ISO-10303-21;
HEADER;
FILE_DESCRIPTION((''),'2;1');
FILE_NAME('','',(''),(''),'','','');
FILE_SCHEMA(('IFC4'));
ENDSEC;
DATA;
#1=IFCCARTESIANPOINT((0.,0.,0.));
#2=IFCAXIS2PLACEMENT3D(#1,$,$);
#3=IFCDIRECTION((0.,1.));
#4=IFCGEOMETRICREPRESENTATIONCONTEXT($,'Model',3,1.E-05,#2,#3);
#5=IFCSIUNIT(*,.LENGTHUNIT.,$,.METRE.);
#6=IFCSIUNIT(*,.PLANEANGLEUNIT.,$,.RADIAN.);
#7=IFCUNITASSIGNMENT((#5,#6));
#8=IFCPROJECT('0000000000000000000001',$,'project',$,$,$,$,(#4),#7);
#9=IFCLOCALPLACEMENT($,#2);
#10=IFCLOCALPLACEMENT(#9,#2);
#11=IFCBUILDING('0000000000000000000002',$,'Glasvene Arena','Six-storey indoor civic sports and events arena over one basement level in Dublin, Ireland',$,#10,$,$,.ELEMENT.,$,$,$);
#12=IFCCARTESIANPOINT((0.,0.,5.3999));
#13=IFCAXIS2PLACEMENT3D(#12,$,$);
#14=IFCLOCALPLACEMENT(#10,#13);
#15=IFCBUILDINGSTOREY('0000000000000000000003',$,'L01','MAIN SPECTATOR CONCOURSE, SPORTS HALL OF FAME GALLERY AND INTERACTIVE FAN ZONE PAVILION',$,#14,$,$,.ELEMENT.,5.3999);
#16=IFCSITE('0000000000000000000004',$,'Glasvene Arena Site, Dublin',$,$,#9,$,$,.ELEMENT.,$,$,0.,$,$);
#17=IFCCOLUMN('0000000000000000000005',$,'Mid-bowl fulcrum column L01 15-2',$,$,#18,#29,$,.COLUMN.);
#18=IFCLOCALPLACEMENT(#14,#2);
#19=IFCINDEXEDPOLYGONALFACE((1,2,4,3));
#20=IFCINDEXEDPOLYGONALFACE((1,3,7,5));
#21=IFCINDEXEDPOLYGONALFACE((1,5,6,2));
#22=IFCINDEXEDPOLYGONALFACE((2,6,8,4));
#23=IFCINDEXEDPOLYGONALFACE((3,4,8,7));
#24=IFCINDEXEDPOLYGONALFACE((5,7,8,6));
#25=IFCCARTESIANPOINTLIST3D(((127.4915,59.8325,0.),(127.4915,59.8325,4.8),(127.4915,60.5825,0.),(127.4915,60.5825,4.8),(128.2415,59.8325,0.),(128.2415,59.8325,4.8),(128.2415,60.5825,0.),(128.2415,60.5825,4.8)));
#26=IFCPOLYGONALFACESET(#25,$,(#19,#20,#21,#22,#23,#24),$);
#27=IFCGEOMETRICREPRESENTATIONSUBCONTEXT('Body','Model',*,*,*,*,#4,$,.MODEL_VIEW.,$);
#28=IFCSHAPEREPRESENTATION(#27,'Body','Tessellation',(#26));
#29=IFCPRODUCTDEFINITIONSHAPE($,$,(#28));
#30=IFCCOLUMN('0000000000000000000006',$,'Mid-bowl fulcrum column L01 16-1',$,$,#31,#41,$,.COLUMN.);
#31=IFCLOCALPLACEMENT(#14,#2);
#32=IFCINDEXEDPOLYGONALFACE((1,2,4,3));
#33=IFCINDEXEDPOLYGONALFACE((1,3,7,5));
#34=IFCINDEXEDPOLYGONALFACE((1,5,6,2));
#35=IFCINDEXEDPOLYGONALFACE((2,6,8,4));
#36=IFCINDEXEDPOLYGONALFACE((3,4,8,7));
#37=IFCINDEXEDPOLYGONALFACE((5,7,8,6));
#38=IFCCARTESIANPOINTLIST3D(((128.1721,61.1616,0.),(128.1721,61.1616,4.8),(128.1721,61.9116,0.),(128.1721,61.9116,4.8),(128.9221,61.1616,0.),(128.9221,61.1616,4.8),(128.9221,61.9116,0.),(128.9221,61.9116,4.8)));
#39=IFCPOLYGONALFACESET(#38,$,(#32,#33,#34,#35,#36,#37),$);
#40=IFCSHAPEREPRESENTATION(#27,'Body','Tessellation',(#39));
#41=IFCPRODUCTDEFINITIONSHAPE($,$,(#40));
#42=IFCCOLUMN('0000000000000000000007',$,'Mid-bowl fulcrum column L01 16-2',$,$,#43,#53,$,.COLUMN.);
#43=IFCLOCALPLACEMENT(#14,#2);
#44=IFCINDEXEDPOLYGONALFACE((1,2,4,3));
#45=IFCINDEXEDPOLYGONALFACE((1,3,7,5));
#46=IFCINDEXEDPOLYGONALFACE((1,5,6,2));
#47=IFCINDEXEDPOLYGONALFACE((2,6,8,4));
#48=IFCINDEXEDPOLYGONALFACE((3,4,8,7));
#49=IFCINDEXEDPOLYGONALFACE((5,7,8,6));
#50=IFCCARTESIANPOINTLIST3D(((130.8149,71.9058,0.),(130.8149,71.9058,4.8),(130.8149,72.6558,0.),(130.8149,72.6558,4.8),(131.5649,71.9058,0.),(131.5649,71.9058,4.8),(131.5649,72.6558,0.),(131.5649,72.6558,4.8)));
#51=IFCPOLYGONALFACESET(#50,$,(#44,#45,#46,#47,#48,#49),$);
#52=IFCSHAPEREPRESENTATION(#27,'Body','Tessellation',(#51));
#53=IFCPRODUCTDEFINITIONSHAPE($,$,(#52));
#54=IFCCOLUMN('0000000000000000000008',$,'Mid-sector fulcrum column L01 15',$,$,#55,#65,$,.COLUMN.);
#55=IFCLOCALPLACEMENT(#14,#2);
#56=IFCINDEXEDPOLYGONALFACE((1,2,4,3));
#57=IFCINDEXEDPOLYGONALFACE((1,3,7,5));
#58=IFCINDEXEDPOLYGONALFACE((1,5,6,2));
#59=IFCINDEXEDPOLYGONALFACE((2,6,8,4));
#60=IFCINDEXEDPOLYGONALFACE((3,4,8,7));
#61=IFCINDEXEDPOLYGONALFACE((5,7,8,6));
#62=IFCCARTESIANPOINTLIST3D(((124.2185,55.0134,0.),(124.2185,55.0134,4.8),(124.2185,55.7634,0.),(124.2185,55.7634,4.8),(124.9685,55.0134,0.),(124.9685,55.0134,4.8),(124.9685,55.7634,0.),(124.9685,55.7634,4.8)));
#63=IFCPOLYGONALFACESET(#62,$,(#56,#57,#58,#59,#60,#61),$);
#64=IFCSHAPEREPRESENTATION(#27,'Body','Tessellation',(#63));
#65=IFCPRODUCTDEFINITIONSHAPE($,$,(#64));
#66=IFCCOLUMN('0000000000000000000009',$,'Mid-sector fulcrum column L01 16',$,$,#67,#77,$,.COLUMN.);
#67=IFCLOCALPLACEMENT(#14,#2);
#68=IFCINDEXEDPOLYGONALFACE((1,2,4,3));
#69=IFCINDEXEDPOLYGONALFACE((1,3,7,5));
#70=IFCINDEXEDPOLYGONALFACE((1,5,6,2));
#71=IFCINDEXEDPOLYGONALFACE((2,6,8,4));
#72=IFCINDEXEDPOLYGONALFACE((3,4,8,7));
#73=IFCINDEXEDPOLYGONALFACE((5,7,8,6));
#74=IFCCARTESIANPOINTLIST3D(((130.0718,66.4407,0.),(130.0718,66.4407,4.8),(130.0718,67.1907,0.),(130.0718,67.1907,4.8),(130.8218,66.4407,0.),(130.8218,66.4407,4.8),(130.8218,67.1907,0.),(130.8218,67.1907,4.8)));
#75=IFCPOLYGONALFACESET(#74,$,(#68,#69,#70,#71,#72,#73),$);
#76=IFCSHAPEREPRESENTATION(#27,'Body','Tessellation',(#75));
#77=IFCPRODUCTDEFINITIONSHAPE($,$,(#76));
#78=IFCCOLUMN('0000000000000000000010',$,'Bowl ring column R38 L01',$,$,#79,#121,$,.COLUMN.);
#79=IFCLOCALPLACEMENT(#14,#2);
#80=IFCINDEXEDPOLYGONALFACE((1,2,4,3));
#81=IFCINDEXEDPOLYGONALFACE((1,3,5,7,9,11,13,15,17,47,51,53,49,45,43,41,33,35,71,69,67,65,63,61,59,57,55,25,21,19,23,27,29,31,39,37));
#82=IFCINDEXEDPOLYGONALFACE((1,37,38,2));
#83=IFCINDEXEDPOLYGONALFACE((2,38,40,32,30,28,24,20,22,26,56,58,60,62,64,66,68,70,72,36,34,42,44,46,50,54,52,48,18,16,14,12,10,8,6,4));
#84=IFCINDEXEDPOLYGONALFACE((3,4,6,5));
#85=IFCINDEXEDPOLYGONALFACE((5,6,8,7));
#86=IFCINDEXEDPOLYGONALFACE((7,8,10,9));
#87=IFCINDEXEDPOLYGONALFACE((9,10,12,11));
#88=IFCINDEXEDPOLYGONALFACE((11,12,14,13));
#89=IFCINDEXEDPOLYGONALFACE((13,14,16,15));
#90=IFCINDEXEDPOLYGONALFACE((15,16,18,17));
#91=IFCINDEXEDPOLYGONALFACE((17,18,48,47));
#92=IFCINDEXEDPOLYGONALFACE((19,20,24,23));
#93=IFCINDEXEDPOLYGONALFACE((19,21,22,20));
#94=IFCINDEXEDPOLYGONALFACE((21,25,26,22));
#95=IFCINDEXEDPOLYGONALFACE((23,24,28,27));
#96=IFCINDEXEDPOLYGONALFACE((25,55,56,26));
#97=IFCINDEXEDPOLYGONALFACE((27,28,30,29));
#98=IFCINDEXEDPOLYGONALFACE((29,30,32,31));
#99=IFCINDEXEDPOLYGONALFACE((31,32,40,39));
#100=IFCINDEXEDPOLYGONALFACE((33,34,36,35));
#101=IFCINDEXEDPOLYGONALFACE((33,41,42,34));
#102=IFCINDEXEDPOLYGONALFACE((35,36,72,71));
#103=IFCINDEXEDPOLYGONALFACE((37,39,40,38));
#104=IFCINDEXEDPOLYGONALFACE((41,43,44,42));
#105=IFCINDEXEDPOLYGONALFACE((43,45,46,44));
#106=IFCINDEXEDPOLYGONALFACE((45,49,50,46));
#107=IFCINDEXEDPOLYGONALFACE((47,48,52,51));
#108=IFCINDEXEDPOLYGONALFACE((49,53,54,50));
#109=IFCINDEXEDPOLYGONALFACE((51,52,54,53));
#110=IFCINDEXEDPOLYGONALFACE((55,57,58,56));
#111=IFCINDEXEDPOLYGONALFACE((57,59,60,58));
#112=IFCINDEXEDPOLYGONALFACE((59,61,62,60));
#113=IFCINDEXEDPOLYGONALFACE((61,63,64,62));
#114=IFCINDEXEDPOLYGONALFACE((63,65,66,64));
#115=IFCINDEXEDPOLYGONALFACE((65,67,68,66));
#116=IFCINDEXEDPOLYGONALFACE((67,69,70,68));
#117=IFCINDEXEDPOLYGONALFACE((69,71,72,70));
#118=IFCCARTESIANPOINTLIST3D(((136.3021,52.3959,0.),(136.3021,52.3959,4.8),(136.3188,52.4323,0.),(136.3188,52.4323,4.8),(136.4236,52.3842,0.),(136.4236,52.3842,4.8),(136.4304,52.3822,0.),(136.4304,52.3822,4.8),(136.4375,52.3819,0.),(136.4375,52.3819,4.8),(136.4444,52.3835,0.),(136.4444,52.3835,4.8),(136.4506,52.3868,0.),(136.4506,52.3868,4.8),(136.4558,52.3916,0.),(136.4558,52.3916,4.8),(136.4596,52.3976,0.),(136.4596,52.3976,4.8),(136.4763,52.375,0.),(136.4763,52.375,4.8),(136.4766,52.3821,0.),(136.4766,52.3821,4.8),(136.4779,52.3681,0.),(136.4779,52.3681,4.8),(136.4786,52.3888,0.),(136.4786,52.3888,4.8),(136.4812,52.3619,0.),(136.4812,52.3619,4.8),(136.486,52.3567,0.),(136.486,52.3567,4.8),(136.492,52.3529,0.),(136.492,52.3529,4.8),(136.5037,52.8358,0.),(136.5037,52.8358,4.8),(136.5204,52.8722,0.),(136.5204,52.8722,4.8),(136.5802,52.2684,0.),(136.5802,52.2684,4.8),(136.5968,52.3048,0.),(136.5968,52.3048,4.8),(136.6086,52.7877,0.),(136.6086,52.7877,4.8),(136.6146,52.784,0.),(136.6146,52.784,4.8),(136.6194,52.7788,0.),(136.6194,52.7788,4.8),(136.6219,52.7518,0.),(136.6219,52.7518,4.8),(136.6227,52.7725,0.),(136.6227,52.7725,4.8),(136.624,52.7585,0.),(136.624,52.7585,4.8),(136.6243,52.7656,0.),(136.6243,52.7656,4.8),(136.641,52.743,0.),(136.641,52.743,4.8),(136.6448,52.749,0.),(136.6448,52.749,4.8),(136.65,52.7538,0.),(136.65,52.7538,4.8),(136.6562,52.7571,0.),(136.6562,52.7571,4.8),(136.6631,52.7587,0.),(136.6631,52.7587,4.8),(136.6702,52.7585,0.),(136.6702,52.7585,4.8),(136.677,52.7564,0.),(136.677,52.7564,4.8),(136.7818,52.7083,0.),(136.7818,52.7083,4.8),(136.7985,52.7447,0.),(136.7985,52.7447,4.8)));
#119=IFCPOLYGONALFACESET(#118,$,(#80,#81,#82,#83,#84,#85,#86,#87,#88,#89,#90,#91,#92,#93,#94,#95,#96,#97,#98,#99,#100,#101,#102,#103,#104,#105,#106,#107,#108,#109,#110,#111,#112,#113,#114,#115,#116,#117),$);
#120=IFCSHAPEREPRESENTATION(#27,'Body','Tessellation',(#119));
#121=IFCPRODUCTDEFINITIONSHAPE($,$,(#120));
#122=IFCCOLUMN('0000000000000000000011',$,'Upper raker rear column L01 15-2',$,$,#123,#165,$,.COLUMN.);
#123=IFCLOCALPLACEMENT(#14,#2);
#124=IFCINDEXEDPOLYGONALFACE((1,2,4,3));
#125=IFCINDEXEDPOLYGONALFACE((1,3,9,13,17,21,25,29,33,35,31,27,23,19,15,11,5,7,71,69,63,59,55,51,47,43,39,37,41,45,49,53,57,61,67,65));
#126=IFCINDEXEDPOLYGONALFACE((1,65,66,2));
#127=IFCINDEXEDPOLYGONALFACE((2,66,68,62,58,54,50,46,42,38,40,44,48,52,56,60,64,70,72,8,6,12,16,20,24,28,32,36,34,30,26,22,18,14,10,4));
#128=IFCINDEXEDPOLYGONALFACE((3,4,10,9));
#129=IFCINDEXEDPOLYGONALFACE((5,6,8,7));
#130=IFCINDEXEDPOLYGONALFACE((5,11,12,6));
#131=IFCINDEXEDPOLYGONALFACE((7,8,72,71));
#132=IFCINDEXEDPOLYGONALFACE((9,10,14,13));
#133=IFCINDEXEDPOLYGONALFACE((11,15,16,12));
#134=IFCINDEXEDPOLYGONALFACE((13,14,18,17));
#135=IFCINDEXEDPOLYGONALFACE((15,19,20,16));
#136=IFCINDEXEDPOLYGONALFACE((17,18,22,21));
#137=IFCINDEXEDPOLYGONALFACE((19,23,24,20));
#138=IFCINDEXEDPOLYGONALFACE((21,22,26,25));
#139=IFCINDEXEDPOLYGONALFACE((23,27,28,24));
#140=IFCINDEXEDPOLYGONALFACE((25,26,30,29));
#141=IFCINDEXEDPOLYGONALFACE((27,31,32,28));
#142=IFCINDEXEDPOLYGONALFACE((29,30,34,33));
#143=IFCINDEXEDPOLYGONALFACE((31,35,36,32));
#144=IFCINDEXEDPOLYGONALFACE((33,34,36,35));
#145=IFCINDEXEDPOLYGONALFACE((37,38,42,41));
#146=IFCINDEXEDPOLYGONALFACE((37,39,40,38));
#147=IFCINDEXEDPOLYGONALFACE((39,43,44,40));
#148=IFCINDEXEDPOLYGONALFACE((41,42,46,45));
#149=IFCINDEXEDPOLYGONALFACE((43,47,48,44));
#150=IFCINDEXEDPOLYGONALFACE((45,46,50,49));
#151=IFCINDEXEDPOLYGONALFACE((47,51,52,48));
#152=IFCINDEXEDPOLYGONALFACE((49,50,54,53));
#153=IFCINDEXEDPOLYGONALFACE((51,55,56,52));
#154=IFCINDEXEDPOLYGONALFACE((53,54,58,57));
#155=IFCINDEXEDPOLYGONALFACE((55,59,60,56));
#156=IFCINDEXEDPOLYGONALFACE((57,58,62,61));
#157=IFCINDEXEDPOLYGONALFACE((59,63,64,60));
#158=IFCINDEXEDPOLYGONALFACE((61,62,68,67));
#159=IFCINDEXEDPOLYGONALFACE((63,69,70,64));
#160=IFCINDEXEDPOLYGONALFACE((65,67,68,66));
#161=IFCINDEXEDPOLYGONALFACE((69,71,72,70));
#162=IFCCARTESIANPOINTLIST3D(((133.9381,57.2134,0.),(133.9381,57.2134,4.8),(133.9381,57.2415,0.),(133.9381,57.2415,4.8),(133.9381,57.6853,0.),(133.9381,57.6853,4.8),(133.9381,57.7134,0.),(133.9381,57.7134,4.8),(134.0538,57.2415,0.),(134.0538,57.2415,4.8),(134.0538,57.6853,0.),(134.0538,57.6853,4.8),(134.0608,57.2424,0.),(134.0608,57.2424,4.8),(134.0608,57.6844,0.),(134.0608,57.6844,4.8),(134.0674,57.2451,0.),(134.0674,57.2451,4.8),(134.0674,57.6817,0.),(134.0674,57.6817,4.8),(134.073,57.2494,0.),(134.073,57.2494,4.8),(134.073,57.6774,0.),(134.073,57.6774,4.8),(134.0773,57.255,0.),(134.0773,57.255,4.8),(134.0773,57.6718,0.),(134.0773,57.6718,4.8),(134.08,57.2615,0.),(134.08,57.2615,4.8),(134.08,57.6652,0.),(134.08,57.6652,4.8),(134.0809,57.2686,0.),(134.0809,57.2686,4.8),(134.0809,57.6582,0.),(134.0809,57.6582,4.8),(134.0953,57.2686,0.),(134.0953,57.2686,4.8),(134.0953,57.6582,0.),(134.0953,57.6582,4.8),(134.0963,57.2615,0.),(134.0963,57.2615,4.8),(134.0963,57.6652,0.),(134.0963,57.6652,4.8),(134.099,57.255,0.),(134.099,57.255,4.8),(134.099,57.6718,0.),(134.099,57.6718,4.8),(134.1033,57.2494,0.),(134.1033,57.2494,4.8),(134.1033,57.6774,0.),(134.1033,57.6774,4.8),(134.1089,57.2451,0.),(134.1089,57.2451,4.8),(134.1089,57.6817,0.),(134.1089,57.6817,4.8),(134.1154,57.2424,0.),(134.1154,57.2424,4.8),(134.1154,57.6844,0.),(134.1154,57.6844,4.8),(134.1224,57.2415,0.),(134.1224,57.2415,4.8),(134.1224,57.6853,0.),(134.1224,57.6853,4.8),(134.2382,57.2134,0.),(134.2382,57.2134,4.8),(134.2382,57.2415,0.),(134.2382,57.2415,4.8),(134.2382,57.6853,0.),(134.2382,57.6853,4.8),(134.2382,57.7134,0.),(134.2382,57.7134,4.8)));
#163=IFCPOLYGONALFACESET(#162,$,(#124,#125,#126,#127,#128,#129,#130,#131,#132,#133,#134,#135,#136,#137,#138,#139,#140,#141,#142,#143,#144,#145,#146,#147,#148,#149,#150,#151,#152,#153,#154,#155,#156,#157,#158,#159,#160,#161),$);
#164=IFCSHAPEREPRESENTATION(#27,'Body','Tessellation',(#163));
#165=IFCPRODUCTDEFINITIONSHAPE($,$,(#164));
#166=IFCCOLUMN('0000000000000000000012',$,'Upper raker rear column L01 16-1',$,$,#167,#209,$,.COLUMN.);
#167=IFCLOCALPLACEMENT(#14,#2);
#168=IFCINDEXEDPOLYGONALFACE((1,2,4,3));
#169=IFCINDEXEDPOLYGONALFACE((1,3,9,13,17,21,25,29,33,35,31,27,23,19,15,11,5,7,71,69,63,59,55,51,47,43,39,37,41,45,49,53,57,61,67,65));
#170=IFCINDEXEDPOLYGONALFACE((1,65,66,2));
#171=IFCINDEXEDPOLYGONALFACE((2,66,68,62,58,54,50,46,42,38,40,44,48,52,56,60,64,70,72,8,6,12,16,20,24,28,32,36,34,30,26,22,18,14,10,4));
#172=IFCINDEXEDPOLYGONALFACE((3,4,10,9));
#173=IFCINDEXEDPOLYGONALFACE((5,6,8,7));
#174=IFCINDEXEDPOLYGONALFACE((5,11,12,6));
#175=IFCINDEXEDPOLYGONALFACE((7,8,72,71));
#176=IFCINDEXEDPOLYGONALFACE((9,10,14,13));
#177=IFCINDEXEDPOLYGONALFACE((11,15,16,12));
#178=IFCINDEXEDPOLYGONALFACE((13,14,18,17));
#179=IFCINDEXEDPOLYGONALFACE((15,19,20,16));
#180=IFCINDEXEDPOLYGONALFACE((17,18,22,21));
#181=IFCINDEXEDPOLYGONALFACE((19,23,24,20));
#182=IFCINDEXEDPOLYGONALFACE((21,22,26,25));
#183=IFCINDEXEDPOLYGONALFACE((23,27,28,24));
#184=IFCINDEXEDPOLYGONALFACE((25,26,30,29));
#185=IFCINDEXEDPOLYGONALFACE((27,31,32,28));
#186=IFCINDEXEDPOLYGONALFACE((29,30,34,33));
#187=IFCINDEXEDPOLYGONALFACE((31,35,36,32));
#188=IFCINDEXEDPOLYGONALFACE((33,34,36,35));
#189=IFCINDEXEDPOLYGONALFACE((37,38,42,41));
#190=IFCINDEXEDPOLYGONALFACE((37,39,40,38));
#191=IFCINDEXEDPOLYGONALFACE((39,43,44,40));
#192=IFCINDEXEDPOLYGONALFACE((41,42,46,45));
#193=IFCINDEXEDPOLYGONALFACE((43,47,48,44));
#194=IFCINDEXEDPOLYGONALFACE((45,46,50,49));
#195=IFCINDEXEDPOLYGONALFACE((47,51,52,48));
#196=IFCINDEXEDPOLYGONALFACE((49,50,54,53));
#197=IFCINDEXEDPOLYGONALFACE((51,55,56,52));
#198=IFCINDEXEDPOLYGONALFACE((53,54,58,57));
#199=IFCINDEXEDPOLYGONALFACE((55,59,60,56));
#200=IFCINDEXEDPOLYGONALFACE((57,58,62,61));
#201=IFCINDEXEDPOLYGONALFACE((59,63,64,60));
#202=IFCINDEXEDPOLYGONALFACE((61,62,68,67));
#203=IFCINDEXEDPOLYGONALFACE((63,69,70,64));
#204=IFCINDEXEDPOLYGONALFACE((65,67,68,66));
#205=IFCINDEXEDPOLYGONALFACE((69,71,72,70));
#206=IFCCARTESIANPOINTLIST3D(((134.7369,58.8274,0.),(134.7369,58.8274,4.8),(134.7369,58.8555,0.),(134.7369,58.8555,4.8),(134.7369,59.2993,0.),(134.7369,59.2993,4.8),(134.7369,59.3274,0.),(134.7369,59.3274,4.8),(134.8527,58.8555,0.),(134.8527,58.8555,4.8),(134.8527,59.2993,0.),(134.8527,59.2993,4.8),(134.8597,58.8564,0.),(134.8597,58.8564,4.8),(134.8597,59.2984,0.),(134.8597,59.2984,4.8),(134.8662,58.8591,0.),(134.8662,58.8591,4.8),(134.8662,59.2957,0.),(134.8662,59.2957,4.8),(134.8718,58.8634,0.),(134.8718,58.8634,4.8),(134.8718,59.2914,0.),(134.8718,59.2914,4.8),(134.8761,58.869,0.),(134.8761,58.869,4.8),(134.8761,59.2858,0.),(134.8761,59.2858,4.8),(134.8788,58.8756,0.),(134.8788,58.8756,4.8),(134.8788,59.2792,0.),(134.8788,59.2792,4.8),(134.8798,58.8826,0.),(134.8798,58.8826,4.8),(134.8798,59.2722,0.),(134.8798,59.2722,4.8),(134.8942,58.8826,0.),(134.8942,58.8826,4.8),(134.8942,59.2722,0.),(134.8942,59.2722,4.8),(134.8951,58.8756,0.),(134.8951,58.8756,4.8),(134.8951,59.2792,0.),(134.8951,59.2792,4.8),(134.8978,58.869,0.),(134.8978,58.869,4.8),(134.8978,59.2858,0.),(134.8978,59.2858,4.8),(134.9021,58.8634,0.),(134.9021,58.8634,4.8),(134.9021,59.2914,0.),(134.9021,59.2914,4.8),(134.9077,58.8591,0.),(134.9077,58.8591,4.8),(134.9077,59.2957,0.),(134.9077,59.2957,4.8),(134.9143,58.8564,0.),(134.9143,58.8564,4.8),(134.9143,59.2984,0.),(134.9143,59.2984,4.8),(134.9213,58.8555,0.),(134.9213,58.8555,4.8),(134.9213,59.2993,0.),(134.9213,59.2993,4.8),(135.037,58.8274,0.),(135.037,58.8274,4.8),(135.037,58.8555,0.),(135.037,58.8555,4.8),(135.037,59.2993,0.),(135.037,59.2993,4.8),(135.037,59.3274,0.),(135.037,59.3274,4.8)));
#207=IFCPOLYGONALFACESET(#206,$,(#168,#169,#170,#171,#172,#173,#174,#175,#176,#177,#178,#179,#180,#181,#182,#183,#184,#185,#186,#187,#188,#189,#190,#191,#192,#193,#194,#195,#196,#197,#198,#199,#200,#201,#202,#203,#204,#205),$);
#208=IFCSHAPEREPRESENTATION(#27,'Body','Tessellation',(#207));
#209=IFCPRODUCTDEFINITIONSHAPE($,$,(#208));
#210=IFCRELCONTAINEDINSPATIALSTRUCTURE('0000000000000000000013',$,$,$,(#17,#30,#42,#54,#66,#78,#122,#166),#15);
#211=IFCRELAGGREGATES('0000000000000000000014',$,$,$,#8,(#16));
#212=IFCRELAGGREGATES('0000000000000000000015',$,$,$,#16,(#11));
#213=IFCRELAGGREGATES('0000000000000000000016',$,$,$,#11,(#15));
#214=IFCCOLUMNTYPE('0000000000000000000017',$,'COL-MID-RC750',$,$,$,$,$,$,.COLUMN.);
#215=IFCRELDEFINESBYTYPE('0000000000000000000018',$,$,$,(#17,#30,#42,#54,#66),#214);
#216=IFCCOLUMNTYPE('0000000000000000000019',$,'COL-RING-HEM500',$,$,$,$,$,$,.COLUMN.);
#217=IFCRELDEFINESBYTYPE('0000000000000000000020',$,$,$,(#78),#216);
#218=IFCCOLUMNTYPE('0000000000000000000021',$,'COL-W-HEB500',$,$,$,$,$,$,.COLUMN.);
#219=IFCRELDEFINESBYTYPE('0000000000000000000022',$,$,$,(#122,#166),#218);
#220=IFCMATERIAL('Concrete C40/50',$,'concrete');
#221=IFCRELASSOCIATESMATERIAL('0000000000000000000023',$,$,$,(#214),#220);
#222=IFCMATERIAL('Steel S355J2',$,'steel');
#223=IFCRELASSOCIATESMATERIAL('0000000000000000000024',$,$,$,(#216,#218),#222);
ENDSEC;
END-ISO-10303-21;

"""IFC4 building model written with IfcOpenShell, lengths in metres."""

from ifc_helpers import new_model, si_unit, direction, frame, origin, origin_2d, place, context, subcontext, project, spatial, rectangle, i_section, extrude, material, material_profile, profile_set, type_object, element, save


model = new_model("IFC4")

# Units and contexts
model_context = context("Model", 3, precision=1e-05, world=origin(), true_north=direction((0.0, 1.0)))
body_context = subcontext(model_context, "Body", "Model", "MODEL_VIEW")
ifc_project = project(units=[si_unit("LENGTHUNIT", "METRE"), si_unit("PLANEANGLEUNIT", "RADIAN")], contexts=[model_context])

# Site, building, storey
site_placement = place(None, origin())
site = spatial("IfcSite", under=ifc_project, at=site_placement, Name="Glasvene Arena Site, Dublin", CompositionType="ELEMENT", RefElevation=0.0)
building_placement = place(site_placement, origin())
building = spatial("IfcBuilding", under=site, at=building_placement, Name="Glasvene Arena", Description="Six-storey indoor civic sports and events arena over one basement level in Dublin, Ireland", CompositionType="ELEMENT")
storey_placement = place(building_placement, frame((0.0, 0.0, 5.3999)))
storey = spatial("IfcBuildingStorey", under=building, at=storey_placement, Name="L01", Description="MAIN SPECTATOR CONCOURSE, SPORTS HALL OF FAME GALLERY AND INTERACTIVE FAN ZONE PAVILION", CompositionType="ELEMENT", Elevation=5.3999)

# Columns
ifc_material_1 = material(Name="Concrete C40/50", Category="concrete")
ifc_material_profile_1 = material_profile(ifc_material_1, rectangle(XDim=0.75, YDim=0.75, at=origin_2d()), Name="RC 750x750")
ifc_profile_set_1 = profile_set([ifc_material_profile_1], Name="Concrete C40/50")
column_type_1 = type_object("IfcColumnType", Name="COL-MID-RC750", PredefinedType="COLUMN", material=ifc_profile_set_1)
for number, where, z_axis, x_axis, name in (
    (1, (127.8665, 60.2075, 0.0), (0.0, 0.0, 1.0), (1.0, 0.0, 0.0), "Mid-bowl fulcrum column L01 15-2"),
    (2, (128.5471, 61.5366, 0.0), (0.0, 0.0, 1.0), (1.0, 0.0, 0.0), "Mid-bowl fulcrum column L01 16-1"),
    (3, (131.1899, 72.2808, 0.0), (0.0, 0.0, 1.0), (1.0, 0.0, 0.0), "Mid-bowl fulcrum column L01 16-2"),
    (4, (124.5935, 55.3884, 0.0), (0.0, 0.0, 1.0), (1.0, 0.0, 0.0), "Mid-sector fulcrum column L01 15"),
    (5, (130.4468, 66.8157, 0.0), (0.0, 0.0, 1.0), (1.0, 0.0, 0.0), "Mid-sector fulcrum column L01 16"),
):
    element("IfcColumn", number, at=place(storey_placement, frame(where, z_axis=z_axis, x_axis=x_axis)), inside=storey, type_object=column_type_1, Name=name, PredefinedType="COLUMN", context=body_context, shape_type="SweptSolid", body=[
        extrude(rectangle(XDim=0.75, YDim=0.75, at=origin_2d()), origin(), (0.0, 0.0, 1.0), 4.8),
    ])
ifc_material_2 = material(Name="Steel S355J2", Category="steel")
ifc_material_profile_2 = material_profile(ifc_material_2, i_section(OverallWidth=0.3059, OverallDepth=0.5239, WebThickness=0.021, FlangeThickness=0.04, FilletRadius=0.0271, at=origin_2d()), Name="HEM 500")
ifc_profile_set_2 = profile_set([ifc_material_profile_2], Name="Steel S355J2")
column_type_2 = type_object("IfcColumnType", Name="COL-RING-HEM500", PredefinedType="COLUMN", material=ifc_profile_set_2)
column_placement = place(storey_placement, frame((136.5503, 52.5703, 0.0), z_axis=(0.0, 0.0, 1.0), x_axis=(0.909018, -0.416757, 0.0)))
element("IfcColumn", 6, at=column_placement, inside=storey, type_object=column_type_2, Name="Bowl ring column R38 L01", PredefinedType="COLUMN", context=body_context, shape_type="SweptSolid", body=[
    extrude(i_section(OverallWidth=0.3059, OverallDepth=0.5239, WebThickness=0.021, FlangeThickness=0.04, FilletRadius=0.0271, at=origin_2d()), origin(), (0.0, 0.0, 1.0), 4.8),
])
ifc_material_profile_3 = material_profile(ifc_material_2, i_section(OverallWidth=0.3, OverallDepth=0.5, WebThickness=0.0144, FlangeThickness=0.0281, FilletRadius=0.0271, at=origin_2d()), Name="HEB 500")
ifc_profile_set_3 = profile_set([ifc_material_profile_3], Name="Steel S355J2")
column_type_3 = type_object("IfcColumnType", Name="COL-W-HEB500", PredefinedType="COLUMN", material=ifc_profile_set_3)
for number, where, z_axis, x_axis, name in (
    (7, (134.0881, 57.4634, 0.0), (0.0, 0.0, 1.0), (1.0, 0.0, 0.0), "Upper raker rear column L01 15-2"),
    (8, (134.887, 59.0774, 0.0), (0.0, 0.0, 1.0), (1.0, 0.0, 0.0), "Upper raker rear column L01 16-1"),
):
    element("IfcColumn", number, at=place(storey_placement, frame(where, z_axis=z_axis, x_axis=x_axis)), inside=storey, type_object=column_type_3, Name=name, PredefinedType="COLUMN", context=body_context, shape_type="SweptSolid", body=[
        extrude(i_section(OverallWidth=0.3, OverallDepth=0.5, WebThickness=0.0144, FlangeThickness=0.0281, FilletRadius=0.0271, at=origin_2d()), origin(), (0.0, 0.0, 1.0), 4.8),
    ])

save(model, "model.ifc")
